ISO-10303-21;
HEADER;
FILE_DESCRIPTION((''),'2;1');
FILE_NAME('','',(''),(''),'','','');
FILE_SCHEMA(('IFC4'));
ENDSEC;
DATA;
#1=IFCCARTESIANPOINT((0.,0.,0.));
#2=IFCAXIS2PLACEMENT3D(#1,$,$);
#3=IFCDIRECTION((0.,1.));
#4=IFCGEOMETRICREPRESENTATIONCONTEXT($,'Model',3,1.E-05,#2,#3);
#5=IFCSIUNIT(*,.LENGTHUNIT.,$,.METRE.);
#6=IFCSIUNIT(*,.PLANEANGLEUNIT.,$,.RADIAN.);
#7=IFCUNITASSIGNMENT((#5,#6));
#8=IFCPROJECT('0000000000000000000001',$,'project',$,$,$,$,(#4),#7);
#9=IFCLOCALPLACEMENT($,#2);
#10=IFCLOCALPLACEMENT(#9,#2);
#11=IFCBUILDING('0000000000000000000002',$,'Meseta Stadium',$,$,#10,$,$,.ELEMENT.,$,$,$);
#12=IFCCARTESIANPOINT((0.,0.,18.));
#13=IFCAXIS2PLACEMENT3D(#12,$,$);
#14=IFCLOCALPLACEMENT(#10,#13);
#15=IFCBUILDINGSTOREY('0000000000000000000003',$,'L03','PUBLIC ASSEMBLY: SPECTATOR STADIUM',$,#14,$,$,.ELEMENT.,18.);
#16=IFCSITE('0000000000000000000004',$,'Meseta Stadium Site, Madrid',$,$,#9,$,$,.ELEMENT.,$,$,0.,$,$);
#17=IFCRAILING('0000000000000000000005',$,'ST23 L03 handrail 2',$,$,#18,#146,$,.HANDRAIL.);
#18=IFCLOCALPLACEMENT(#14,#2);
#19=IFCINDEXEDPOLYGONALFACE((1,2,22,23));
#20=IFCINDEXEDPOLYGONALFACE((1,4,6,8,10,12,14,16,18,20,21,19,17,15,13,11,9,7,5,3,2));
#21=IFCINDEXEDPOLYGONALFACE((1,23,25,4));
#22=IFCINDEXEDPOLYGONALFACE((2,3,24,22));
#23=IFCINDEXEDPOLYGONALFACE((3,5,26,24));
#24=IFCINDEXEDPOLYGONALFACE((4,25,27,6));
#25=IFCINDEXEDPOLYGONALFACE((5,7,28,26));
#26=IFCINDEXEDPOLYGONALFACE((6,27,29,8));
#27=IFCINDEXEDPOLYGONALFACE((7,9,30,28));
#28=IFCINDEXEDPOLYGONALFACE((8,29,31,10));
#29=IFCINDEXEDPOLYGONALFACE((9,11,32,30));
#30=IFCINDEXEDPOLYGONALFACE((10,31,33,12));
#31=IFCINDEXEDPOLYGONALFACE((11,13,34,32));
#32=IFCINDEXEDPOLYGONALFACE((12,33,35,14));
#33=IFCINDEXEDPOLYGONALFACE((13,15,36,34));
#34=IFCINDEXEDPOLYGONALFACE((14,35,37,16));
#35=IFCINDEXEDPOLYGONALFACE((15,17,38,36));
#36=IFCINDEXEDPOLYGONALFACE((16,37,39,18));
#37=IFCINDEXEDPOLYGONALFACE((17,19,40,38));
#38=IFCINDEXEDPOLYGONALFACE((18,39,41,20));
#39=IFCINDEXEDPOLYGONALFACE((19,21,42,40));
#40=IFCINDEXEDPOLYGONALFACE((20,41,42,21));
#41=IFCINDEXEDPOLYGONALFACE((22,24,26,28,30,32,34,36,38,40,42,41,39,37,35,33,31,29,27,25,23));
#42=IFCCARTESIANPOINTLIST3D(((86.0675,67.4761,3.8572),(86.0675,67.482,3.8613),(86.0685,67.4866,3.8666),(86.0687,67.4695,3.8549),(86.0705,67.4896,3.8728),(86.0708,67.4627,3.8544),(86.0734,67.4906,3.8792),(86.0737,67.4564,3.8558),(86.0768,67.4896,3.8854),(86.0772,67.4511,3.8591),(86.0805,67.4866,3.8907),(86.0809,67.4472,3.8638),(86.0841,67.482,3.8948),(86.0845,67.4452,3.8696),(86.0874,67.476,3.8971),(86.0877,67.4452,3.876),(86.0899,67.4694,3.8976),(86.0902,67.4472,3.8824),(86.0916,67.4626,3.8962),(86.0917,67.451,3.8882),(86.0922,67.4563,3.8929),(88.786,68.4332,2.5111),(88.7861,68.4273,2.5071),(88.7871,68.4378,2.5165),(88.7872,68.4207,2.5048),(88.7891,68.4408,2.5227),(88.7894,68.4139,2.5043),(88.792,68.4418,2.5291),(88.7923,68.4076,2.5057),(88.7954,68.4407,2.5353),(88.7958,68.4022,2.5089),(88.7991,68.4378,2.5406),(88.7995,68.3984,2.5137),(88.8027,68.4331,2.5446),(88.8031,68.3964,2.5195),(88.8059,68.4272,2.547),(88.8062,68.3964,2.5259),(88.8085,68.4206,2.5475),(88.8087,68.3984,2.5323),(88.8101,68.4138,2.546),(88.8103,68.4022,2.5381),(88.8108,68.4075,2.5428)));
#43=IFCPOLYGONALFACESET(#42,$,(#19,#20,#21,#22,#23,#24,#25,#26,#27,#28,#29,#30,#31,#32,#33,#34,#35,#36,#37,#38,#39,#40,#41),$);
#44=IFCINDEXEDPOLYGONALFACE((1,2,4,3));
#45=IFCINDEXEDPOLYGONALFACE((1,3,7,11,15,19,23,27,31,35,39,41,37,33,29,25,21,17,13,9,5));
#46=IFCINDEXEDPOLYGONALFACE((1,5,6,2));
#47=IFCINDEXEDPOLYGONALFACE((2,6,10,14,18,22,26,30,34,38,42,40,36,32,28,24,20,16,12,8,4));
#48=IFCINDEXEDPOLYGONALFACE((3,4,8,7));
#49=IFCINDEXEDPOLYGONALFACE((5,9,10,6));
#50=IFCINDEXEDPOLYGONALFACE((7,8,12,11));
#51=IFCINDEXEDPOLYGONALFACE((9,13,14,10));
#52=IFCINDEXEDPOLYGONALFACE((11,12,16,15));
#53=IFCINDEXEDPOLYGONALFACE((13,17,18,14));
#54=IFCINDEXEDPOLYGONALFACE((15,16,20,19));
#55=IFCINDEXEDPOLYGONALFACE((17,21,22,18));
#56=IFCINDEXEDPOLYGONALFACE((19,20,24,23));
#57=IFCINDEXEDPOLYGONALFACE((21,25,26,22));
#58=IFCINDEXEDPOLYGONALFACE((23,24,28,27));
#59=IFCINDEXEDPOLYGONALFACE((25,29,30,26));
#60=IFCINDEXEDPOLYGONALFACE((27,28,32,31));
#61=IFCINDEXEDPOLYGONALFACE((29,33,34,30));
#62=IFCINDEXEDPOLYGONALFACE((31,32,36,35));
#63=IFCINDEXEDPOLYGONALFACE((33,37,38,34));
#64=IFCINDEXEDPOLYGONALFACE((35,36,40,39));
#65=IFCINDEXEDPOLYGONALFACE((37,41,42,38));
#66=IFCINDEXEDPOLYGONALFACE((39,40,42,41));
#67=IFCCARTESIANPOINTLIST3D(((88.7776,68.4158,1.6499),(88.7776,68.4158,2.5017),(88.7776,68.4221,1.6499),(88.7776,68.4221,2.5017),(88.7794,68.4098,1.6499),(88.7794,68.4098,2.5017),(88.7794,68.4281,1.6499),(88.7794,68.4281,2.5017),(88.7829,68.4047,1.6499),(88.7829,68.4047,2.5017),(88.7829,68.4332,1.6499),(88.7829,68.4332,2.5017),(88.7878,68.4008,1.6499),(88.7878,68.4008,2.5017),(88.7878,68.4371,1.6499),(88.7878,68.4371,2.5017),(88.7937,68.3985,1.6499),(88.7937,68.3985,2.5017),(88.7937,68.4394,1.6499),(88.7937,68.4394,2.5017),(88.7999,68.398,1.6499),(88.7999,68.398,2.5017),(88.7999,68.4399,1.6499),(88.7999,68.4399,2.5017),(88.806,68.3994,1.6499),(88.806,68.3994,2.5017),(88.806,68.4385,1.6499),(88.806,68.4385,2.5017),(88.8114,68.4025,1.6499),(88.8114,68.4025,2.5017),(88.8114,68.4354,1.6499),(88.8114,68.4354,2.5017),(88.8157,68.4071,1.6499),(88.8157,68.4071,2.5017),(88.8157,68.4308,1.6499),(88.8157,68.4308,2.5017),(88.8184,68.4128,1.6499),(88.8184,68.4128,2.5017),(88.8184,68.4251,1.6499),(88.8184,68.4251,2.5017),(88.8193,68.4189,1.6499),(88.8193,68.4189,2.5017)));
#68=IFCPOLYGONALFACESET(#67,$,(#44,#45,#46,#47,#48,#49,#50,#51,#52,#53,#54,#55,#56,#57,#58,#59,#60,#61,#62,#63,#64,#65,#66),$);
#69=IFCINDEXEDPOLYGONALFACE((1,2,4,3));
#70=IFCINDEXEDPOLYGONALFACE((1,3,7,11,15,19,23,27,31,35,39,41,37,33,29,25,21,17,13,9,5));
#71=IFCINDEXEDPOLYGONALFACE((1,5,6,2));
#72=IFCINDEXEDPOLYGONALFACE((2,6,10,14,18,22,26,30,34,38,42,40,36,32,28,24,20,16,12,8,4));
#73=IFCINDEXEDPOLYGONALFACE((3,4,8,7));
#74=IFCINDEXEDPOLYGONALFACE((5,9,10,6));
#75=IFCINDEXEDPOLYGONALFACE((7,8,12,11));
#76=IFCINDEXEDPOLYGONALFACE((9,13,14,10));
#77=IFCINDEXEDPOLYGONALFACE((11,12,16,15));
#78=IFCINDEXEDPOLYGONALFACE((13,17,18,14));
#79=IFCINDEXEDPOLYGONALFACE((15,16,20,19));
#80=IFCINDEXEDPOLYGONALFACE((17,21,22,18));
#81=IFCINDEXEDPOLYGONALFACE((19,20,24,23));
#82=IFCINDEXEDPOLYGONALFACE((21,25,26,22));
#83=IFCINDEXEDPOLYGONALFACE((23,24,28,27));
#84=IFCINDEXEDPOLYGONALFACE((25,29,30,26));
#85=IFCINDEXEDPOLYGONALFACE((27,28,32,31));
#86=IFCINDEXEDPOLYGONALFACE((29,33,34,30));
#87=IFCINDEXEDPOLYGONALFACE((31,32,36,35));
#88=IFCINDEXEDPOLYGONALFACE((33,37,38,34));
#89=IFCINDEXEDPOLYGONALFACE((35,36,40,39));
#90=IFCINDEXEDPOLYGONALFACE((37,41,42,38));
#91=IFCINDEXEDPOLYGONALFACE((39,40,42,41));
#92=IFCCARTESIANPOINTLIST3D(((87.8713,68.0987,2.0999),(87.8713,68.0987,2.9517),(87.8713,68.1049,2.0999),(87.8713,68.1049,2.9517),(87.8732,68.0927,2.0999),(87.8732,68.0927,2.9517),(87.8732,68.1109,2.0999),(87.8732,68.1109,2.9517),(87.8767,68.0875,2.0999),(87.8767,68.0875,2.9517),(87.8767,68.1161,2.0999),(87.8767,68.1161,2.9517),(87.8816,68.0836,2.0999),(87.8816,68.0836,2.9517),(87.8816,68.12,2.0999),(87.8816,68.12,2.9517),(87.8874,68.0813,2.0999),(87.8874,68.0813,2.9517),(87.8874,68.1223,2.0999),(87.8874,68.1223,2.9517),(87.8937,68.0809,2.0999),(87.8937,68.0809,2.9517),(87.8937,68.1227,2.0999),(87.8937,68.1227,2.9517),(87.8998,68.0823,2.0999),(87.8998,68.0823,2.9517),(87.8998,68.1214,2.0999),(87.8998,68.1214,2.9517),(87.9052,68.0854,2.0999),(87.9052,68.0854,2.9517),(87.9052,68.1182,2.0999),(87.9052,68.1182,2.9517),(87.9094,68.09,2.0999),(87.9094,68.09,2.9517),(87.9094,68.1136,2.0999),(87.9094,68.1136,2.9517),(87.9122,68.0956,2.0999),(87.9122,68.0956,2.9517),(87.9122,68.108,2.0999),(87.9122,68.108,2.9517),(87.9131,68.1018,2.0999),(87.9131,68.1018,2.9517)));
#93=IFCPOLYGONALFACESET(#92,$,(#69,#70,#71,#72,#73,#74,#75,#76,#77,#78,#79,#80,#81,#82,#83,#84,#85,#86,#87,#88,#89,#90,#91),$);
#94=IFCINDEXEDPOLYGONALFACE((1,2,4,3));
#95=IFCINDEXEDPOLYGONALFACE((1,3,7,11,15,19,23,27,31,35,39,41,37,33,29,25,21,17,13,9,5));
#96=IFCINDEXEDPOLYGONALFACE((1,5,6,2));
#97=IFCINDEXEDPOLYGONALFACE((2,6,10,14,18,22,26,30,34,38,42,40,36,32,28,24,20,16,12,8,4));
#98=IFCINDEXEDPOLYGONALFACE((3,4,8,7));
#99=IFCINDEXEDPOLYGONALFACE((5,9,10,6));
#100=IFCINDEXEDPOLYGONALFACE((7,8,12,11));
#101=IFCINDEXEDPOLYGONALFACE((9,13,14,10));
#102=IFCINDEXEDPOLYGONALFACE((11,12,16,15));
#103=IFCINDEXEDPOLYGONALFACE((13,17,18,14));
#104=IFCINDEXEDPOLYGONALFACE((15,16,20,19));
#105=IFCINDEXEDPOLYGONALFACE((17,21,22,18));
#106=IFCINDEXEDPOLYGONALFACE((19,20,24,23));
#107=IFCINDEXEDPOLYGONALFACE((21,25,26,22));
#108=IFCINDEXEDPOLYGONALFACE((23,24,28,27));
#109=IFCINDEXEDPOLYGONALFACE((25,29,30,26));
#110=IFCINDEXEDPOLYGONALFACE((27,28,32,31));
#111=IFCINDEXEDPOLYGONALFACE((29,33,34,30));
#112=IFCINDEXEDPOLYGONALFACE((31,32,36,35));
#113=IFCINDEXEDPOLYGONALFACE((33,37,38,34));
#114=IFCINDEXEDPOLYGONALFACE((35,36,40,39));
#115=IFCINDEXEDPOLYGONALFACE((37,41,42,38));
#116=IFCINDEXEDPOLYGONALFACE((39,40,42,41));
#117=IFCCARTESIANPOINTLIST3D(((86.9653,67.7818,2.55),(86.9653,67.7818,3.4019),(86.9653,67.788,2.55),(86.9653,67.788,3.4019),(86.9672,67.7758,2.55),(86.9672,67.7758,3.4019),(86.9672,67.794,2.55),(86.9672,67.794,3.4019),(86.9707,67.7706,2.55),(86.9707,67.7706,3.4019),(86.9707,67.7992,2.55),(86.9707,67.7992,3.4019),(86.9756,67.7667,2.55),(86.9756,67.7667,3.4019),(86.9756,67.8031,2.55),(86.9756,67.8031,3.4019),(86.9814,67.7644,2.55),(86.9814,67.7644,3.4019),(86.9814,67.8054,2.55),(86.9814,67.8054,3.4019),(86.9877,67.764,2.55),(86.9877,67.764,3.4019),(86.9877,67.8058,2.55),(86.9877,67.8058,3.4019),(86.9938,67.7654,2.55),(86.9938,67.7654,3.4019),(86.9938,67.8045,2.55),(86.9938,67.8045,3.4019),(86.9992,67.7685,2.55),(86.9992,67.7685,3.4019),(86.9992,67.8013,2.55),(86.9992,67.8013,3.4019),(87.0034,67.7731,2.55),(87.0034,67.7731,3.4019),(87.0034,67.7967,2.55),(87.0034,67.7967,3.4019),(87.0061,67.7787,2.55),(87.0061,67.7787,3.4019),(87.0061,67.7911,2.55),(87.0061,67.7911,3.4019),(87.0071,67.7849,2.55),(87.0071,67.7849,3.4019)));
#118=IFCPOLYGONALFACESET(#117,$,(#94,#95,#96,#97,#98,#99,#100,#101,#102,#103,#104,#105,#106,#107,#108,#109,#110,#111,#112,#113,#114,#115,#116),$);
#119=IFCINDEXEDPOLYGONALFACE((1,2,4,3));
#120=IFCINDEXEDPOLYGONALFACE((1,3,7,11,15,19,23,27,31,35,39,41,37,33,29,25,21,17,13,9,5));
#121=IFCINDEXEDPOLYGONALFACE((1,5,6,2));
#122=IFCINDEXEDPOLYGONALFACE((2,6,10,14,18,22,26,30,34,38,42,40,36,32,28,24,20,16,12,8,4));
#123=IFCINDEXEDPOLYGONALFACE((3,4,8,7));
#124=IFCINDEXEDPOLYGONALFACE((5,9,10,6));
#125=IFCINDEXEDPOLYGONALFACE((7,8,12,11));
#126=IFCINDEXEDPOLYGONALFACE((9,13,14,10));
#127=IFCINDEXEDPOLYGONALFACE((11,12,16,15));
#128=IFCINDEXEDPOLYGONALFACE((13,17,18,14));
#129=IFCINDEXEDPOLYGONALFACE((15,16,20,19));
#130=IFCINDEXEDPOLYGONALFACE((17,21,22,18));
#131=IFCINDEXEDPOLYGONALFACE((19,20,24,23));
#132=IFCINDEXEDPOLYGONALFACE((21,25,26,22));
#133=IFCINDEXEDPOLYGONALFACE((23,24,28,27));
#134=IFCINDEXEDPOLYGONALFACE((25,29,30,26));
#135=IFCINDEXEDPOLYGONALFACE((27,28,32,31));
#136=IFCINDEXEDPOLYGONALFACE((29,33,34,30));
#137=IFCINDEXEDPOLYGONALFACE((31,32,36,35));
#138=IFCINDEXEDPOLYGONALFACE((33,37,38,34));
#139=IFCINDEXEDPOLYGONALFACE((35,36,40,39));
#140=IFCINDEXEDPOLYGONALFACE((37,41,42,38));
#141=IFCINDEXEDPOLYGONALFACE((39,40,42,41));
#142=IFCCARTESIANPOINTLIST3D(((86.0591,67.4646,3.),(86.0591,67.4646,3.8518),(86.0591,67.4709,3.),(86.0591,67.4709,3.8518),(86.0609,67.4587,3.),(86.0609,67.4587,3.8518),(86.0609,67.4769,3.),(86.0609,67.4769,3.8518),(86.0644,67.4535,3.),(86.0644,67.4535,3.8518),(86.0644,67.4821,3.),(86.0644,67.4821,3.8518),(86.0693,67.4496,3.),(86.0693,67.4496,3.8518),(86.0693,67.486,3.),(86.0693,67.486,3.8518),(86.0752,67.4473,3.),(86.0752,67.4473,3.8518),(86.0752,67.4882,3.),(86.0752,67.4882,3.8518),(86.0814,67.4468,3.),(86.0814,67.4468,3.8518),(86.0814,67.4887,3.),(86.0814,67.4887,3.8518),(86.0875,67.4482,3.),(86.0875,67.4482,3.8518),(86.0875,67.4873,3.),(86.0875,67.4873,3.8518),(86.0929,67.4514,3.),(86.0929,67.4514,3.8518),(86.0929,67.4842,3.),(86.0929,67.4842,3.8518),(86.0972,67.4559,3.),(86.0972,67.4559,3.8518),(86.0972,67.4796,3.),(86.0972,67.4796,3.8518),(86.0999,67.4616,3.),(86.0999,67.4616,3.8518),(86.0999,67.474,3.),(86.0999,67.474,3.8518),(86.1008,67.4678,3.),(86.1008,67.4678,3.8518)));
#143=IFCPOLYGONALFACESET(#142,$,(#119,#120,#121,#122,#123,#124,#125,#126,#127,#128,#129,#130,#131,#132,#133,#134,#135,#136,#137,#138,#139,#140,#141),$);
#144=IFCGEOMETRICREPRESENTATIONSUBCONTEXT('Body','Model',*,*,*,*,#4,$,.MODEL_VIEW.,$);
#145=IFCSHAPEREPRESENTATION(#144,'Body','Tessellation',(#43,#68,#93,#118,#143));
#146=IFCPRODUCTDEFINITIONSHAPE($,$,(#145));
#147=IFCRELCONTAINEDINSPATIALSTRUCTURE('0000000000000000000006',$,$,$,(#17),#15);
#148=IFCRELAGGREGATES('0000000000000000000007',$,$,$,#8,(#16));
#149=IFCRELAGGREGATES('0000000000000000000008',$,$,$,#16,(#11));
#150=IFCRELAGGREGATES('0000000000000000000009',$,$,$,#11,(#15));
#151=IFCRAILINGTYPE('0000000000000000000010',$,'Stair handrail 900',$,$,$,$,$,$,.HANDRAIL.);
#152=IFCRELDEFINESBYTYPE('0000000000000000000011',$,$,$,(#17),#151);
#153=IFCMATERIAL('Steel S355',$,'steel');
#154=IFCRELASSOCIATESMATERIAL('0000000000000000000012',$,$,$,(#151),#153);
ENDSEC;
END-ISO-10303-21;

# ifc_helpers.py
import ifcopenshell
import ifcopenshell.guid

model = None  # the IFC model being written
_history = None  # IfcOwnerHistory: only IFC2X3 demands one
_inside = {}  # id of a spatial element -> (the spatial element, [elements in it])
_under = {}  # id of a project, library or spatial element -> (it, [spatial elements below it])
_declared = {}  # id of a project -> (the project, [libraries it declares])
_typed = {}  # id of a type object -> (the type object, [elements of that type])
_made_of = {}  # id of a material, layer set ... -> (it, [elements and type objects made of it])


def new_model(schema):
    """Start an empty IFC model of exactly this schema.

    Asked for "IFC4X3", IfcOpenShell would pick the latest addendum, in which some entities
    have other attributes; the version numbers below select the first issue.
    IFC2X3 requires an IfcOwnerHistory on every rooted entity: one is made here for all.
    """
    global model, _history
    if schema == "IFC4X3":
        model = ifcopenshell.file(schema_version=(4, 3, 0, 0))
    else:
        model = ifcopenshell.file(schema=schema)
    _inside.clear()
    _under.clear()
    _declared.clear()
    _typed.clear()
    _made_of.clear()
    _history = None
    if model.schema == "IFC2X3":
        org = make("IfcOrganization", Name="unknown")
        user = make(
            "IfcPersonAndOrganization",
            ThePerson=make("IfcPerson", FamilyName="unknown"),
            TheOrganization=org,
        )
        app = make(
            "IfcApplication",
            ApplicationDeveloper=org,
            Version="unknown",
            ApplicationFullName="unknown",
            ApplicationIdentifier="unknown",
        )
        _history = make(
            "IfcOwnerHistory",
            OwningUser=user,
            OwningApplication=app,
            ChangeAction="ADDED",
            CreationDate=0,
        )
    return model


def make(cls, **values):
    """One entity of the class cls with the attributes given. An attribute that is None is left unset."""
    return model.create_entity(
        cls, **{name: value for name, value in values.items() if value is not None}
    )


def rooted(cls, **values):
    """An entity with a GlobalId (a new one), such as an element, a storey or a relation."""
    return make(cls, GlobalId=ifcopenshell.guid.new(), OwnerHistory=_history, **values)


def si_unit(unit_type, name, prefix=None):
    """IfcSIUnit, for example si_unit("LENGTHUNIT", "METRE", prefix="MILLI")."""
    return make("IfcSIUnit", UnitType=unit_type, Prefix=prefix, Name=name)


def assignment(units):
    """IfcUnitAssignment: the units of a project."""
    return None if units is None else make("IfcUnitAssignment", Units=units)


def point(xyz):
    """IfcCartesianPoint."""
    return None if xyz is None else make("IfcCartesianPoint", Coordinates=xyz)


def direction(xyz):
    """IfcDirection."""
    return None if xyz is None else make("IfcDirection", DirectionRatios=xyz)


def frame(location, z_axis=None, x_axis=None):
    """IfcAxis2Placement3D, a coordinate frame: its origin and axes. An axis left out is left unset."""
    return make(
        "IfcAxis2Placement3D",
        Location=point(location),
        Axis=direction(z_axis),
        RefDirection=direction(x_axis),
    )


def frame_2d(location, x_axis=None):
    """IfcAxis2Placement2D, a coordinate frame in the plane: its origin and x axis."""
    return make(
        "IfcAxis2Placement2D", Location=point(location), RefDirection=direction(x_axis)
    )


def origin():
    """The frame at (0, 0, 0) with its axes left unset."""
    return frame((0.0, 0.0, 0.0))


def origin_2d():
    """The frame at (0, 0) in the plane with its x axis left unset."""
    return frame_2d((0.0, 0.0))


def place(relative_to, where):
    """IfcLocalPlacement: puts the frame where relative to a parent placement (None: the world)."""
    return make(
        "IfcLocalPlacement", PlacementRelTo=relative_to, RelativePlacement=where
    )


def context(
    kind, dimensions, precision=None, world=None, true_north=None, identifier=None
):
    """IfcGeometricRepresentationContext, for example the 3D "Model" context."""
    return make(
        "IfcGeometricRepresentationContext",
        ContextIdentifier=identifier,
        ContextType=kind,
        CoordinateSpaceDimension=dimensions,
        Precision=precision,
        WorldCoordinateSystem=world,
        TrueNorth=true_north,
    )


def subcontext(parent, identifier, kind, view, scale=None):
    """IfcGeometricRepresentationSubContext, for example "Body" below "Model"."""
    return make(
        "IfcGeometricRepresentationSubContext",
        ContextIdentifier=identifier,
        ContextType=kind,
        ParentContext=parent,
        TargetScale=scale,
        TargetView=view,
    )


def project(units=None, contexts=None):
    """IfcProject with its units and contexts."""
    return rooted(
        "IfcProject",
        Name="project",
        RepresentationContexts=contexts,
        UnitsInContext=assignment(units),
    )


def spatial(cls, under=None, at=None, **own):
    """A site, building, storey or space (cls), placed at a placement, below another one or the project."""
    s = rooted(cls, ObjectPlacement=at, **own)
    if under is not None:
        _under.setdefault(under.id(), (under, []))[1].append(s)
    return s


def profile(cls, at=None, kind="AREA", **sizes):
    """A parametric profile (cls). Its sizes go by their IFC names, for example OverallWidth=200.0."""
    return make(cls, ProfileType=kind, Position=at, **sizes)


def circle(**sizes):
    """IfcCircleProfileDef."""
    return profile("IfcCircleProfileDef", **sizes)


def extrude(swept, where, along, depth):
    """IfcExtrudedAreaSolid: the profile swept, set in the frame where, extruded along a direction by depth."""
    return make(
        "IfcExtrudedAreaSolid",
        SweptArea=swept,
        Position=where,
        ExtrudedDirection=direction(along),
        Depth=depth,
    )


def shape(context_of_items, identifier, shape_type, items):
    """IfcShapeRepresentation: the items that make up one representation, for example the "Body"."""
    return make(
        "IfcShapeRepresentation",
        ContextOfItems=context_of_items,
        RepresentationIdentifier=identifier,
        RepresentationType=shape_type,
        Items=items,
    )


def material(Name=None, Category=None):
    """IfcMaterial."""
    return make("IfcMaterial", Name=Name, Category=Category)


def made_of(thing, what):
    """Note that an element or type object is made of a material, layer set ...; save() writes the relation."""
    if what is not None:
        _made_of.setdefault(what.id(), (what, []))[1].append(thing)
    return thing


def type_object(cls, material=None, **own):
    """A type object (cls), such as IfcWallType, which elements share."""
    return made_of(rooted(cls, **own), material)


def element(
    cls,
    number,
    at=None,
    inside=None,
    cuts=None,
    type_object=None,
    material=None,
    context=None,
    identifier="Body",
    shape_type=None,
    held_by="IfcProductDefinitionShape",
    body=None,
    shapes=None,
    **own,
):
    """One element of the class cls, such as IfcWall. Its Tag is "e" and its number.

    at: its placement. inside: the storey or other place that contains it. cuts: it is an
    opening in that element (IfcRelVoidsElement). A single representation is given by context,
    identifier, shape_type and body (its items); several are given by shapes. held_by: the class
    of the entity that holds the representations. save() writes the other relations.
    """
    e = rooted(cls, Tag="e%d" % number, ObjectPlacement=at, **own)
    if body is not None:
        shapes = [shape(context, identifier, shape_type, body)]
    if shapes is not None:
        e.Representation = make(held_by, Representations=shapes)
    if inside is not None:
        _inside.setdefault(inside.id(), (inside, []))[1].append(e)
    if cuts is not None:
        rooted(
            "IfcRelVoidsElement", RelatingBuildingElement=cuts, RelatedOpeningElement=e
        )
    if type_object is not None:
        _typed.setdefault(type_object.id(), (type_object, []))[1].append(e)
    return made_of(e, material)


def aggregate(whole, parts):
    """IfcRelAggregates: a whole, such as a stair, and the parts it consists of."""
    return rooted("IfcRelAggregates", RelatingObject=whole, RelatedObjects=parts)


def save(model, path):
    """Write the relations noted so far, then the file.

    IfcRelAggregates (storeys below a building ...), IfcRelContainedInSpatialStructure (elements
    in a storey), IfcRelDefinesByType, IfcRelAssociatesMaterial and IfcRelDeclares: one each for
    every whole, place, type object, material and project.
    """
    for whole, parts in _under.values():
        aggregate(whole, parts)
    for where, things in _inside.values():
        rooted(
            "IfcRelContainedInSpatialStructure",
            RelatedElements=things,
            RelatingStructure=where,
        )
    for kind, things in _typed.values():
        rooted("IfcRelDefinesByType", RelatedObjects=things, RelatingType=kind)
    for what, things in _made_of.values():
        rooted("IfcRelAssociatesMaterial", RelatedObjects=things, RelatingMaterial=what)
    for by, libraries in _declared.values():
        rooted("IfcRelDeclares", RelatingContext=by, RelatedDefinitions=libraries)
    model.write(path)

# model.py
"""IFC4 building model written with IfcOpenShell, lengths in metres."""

from ifc_helpers import new_model, si_unit, direction, frame, origin, origin_2d, place, context, subcontext, project, spatial, circle, extrude, material, type_object, element, save


model = new_model("IFC4")

# Units and contexts
model_context = context("Model", 3, precision=1e-05, world=origin(), true_north=direction((0.0, 1.0)))
body_context = subcontext(model_context, "Body", "Model", "MODEL_VIEW")
ifc_project = project(units=[si_unit("LENGTHUNIT", "METRE"), si_unit("PLANEANGLEUNIT", "RADIAN")], contexts=[model_context])

# Site, building, storey
site_placement = place(None, origin())
site = spatial("IfcSite", under=ifc_project, at=site_placement, Name="Meseta Stadium Site, Madrid", CompositionType="ELEMENT", RefElevation=0.0)
building_placement = place(site_placement, origin())
building = spatial("IfcBuilding", under=site, at=building_placement, Name="Meseta Stadium", CompositionType="ELEMENT")
storey_placement = place(building_placement, frame((0.0, 0.0, 18.0)))
storey = spatial("IfcBuildingStorey", under=building, at=storey_placement, Name="L03", Description="PUBLIC ASSEMBLY: SPECTATOR STADIUM", CompositionType="ELEMENT", Elevation=18.0)

# Railing
ifc_material_1 = material(Name="Steel S355", Category="steel")
railing_type_1 = type_object("IfcRailingType", Name="Stair handrail 900", PredefinedType="HANDRAIL", material=ifc_material_1)
for number, where, name in (
    (1, (88.7983, 68.4189, 1.6499), "ST23 L03 handrail 2"),
):
    element("IfcRailing", number, at=place(storey_placement, frame(where)), inside=storey, type_object=railing_type_1, Name=name, PredefinedType="HANDRAIL", context=body_context, shape_type="SweptSolid", body=[
        extrude(circle(Radius=0.0239, at=origin_2d()), frame((0.0, 0.0, 0.876), z_axis=(-0.854649, -0.299031, 0.424446), x_axis=(0.330256, -0.943891, 0.0)), (0.0, 0.0, 1.0), 3.1809),
        extrude(circle(Radius=0.021, at=origin_2d()), origin(), (0.0, 0.0, 1.0), 0.8518),
        extrude(circle(Radius=0.021, at=origin_2d()), frame((-0.9062, -0.3171, 0.45)), (0.0, 0.0, 1.0), 0.8518),
        extrude(circle(Radius=0.021, at=origin_2d()), frame((-1.8123, -0.634, 0.9001)), (0.0, 0.0, 1.0), 0.8518),
        extrude(circle(Radius=0.021, at=origin_2d()), frame((-2.7185, -0.9512, 1.3501)), (0.0, 0.0, 1.0), 0.8518),
    ])

save(model, "model.ifc")
